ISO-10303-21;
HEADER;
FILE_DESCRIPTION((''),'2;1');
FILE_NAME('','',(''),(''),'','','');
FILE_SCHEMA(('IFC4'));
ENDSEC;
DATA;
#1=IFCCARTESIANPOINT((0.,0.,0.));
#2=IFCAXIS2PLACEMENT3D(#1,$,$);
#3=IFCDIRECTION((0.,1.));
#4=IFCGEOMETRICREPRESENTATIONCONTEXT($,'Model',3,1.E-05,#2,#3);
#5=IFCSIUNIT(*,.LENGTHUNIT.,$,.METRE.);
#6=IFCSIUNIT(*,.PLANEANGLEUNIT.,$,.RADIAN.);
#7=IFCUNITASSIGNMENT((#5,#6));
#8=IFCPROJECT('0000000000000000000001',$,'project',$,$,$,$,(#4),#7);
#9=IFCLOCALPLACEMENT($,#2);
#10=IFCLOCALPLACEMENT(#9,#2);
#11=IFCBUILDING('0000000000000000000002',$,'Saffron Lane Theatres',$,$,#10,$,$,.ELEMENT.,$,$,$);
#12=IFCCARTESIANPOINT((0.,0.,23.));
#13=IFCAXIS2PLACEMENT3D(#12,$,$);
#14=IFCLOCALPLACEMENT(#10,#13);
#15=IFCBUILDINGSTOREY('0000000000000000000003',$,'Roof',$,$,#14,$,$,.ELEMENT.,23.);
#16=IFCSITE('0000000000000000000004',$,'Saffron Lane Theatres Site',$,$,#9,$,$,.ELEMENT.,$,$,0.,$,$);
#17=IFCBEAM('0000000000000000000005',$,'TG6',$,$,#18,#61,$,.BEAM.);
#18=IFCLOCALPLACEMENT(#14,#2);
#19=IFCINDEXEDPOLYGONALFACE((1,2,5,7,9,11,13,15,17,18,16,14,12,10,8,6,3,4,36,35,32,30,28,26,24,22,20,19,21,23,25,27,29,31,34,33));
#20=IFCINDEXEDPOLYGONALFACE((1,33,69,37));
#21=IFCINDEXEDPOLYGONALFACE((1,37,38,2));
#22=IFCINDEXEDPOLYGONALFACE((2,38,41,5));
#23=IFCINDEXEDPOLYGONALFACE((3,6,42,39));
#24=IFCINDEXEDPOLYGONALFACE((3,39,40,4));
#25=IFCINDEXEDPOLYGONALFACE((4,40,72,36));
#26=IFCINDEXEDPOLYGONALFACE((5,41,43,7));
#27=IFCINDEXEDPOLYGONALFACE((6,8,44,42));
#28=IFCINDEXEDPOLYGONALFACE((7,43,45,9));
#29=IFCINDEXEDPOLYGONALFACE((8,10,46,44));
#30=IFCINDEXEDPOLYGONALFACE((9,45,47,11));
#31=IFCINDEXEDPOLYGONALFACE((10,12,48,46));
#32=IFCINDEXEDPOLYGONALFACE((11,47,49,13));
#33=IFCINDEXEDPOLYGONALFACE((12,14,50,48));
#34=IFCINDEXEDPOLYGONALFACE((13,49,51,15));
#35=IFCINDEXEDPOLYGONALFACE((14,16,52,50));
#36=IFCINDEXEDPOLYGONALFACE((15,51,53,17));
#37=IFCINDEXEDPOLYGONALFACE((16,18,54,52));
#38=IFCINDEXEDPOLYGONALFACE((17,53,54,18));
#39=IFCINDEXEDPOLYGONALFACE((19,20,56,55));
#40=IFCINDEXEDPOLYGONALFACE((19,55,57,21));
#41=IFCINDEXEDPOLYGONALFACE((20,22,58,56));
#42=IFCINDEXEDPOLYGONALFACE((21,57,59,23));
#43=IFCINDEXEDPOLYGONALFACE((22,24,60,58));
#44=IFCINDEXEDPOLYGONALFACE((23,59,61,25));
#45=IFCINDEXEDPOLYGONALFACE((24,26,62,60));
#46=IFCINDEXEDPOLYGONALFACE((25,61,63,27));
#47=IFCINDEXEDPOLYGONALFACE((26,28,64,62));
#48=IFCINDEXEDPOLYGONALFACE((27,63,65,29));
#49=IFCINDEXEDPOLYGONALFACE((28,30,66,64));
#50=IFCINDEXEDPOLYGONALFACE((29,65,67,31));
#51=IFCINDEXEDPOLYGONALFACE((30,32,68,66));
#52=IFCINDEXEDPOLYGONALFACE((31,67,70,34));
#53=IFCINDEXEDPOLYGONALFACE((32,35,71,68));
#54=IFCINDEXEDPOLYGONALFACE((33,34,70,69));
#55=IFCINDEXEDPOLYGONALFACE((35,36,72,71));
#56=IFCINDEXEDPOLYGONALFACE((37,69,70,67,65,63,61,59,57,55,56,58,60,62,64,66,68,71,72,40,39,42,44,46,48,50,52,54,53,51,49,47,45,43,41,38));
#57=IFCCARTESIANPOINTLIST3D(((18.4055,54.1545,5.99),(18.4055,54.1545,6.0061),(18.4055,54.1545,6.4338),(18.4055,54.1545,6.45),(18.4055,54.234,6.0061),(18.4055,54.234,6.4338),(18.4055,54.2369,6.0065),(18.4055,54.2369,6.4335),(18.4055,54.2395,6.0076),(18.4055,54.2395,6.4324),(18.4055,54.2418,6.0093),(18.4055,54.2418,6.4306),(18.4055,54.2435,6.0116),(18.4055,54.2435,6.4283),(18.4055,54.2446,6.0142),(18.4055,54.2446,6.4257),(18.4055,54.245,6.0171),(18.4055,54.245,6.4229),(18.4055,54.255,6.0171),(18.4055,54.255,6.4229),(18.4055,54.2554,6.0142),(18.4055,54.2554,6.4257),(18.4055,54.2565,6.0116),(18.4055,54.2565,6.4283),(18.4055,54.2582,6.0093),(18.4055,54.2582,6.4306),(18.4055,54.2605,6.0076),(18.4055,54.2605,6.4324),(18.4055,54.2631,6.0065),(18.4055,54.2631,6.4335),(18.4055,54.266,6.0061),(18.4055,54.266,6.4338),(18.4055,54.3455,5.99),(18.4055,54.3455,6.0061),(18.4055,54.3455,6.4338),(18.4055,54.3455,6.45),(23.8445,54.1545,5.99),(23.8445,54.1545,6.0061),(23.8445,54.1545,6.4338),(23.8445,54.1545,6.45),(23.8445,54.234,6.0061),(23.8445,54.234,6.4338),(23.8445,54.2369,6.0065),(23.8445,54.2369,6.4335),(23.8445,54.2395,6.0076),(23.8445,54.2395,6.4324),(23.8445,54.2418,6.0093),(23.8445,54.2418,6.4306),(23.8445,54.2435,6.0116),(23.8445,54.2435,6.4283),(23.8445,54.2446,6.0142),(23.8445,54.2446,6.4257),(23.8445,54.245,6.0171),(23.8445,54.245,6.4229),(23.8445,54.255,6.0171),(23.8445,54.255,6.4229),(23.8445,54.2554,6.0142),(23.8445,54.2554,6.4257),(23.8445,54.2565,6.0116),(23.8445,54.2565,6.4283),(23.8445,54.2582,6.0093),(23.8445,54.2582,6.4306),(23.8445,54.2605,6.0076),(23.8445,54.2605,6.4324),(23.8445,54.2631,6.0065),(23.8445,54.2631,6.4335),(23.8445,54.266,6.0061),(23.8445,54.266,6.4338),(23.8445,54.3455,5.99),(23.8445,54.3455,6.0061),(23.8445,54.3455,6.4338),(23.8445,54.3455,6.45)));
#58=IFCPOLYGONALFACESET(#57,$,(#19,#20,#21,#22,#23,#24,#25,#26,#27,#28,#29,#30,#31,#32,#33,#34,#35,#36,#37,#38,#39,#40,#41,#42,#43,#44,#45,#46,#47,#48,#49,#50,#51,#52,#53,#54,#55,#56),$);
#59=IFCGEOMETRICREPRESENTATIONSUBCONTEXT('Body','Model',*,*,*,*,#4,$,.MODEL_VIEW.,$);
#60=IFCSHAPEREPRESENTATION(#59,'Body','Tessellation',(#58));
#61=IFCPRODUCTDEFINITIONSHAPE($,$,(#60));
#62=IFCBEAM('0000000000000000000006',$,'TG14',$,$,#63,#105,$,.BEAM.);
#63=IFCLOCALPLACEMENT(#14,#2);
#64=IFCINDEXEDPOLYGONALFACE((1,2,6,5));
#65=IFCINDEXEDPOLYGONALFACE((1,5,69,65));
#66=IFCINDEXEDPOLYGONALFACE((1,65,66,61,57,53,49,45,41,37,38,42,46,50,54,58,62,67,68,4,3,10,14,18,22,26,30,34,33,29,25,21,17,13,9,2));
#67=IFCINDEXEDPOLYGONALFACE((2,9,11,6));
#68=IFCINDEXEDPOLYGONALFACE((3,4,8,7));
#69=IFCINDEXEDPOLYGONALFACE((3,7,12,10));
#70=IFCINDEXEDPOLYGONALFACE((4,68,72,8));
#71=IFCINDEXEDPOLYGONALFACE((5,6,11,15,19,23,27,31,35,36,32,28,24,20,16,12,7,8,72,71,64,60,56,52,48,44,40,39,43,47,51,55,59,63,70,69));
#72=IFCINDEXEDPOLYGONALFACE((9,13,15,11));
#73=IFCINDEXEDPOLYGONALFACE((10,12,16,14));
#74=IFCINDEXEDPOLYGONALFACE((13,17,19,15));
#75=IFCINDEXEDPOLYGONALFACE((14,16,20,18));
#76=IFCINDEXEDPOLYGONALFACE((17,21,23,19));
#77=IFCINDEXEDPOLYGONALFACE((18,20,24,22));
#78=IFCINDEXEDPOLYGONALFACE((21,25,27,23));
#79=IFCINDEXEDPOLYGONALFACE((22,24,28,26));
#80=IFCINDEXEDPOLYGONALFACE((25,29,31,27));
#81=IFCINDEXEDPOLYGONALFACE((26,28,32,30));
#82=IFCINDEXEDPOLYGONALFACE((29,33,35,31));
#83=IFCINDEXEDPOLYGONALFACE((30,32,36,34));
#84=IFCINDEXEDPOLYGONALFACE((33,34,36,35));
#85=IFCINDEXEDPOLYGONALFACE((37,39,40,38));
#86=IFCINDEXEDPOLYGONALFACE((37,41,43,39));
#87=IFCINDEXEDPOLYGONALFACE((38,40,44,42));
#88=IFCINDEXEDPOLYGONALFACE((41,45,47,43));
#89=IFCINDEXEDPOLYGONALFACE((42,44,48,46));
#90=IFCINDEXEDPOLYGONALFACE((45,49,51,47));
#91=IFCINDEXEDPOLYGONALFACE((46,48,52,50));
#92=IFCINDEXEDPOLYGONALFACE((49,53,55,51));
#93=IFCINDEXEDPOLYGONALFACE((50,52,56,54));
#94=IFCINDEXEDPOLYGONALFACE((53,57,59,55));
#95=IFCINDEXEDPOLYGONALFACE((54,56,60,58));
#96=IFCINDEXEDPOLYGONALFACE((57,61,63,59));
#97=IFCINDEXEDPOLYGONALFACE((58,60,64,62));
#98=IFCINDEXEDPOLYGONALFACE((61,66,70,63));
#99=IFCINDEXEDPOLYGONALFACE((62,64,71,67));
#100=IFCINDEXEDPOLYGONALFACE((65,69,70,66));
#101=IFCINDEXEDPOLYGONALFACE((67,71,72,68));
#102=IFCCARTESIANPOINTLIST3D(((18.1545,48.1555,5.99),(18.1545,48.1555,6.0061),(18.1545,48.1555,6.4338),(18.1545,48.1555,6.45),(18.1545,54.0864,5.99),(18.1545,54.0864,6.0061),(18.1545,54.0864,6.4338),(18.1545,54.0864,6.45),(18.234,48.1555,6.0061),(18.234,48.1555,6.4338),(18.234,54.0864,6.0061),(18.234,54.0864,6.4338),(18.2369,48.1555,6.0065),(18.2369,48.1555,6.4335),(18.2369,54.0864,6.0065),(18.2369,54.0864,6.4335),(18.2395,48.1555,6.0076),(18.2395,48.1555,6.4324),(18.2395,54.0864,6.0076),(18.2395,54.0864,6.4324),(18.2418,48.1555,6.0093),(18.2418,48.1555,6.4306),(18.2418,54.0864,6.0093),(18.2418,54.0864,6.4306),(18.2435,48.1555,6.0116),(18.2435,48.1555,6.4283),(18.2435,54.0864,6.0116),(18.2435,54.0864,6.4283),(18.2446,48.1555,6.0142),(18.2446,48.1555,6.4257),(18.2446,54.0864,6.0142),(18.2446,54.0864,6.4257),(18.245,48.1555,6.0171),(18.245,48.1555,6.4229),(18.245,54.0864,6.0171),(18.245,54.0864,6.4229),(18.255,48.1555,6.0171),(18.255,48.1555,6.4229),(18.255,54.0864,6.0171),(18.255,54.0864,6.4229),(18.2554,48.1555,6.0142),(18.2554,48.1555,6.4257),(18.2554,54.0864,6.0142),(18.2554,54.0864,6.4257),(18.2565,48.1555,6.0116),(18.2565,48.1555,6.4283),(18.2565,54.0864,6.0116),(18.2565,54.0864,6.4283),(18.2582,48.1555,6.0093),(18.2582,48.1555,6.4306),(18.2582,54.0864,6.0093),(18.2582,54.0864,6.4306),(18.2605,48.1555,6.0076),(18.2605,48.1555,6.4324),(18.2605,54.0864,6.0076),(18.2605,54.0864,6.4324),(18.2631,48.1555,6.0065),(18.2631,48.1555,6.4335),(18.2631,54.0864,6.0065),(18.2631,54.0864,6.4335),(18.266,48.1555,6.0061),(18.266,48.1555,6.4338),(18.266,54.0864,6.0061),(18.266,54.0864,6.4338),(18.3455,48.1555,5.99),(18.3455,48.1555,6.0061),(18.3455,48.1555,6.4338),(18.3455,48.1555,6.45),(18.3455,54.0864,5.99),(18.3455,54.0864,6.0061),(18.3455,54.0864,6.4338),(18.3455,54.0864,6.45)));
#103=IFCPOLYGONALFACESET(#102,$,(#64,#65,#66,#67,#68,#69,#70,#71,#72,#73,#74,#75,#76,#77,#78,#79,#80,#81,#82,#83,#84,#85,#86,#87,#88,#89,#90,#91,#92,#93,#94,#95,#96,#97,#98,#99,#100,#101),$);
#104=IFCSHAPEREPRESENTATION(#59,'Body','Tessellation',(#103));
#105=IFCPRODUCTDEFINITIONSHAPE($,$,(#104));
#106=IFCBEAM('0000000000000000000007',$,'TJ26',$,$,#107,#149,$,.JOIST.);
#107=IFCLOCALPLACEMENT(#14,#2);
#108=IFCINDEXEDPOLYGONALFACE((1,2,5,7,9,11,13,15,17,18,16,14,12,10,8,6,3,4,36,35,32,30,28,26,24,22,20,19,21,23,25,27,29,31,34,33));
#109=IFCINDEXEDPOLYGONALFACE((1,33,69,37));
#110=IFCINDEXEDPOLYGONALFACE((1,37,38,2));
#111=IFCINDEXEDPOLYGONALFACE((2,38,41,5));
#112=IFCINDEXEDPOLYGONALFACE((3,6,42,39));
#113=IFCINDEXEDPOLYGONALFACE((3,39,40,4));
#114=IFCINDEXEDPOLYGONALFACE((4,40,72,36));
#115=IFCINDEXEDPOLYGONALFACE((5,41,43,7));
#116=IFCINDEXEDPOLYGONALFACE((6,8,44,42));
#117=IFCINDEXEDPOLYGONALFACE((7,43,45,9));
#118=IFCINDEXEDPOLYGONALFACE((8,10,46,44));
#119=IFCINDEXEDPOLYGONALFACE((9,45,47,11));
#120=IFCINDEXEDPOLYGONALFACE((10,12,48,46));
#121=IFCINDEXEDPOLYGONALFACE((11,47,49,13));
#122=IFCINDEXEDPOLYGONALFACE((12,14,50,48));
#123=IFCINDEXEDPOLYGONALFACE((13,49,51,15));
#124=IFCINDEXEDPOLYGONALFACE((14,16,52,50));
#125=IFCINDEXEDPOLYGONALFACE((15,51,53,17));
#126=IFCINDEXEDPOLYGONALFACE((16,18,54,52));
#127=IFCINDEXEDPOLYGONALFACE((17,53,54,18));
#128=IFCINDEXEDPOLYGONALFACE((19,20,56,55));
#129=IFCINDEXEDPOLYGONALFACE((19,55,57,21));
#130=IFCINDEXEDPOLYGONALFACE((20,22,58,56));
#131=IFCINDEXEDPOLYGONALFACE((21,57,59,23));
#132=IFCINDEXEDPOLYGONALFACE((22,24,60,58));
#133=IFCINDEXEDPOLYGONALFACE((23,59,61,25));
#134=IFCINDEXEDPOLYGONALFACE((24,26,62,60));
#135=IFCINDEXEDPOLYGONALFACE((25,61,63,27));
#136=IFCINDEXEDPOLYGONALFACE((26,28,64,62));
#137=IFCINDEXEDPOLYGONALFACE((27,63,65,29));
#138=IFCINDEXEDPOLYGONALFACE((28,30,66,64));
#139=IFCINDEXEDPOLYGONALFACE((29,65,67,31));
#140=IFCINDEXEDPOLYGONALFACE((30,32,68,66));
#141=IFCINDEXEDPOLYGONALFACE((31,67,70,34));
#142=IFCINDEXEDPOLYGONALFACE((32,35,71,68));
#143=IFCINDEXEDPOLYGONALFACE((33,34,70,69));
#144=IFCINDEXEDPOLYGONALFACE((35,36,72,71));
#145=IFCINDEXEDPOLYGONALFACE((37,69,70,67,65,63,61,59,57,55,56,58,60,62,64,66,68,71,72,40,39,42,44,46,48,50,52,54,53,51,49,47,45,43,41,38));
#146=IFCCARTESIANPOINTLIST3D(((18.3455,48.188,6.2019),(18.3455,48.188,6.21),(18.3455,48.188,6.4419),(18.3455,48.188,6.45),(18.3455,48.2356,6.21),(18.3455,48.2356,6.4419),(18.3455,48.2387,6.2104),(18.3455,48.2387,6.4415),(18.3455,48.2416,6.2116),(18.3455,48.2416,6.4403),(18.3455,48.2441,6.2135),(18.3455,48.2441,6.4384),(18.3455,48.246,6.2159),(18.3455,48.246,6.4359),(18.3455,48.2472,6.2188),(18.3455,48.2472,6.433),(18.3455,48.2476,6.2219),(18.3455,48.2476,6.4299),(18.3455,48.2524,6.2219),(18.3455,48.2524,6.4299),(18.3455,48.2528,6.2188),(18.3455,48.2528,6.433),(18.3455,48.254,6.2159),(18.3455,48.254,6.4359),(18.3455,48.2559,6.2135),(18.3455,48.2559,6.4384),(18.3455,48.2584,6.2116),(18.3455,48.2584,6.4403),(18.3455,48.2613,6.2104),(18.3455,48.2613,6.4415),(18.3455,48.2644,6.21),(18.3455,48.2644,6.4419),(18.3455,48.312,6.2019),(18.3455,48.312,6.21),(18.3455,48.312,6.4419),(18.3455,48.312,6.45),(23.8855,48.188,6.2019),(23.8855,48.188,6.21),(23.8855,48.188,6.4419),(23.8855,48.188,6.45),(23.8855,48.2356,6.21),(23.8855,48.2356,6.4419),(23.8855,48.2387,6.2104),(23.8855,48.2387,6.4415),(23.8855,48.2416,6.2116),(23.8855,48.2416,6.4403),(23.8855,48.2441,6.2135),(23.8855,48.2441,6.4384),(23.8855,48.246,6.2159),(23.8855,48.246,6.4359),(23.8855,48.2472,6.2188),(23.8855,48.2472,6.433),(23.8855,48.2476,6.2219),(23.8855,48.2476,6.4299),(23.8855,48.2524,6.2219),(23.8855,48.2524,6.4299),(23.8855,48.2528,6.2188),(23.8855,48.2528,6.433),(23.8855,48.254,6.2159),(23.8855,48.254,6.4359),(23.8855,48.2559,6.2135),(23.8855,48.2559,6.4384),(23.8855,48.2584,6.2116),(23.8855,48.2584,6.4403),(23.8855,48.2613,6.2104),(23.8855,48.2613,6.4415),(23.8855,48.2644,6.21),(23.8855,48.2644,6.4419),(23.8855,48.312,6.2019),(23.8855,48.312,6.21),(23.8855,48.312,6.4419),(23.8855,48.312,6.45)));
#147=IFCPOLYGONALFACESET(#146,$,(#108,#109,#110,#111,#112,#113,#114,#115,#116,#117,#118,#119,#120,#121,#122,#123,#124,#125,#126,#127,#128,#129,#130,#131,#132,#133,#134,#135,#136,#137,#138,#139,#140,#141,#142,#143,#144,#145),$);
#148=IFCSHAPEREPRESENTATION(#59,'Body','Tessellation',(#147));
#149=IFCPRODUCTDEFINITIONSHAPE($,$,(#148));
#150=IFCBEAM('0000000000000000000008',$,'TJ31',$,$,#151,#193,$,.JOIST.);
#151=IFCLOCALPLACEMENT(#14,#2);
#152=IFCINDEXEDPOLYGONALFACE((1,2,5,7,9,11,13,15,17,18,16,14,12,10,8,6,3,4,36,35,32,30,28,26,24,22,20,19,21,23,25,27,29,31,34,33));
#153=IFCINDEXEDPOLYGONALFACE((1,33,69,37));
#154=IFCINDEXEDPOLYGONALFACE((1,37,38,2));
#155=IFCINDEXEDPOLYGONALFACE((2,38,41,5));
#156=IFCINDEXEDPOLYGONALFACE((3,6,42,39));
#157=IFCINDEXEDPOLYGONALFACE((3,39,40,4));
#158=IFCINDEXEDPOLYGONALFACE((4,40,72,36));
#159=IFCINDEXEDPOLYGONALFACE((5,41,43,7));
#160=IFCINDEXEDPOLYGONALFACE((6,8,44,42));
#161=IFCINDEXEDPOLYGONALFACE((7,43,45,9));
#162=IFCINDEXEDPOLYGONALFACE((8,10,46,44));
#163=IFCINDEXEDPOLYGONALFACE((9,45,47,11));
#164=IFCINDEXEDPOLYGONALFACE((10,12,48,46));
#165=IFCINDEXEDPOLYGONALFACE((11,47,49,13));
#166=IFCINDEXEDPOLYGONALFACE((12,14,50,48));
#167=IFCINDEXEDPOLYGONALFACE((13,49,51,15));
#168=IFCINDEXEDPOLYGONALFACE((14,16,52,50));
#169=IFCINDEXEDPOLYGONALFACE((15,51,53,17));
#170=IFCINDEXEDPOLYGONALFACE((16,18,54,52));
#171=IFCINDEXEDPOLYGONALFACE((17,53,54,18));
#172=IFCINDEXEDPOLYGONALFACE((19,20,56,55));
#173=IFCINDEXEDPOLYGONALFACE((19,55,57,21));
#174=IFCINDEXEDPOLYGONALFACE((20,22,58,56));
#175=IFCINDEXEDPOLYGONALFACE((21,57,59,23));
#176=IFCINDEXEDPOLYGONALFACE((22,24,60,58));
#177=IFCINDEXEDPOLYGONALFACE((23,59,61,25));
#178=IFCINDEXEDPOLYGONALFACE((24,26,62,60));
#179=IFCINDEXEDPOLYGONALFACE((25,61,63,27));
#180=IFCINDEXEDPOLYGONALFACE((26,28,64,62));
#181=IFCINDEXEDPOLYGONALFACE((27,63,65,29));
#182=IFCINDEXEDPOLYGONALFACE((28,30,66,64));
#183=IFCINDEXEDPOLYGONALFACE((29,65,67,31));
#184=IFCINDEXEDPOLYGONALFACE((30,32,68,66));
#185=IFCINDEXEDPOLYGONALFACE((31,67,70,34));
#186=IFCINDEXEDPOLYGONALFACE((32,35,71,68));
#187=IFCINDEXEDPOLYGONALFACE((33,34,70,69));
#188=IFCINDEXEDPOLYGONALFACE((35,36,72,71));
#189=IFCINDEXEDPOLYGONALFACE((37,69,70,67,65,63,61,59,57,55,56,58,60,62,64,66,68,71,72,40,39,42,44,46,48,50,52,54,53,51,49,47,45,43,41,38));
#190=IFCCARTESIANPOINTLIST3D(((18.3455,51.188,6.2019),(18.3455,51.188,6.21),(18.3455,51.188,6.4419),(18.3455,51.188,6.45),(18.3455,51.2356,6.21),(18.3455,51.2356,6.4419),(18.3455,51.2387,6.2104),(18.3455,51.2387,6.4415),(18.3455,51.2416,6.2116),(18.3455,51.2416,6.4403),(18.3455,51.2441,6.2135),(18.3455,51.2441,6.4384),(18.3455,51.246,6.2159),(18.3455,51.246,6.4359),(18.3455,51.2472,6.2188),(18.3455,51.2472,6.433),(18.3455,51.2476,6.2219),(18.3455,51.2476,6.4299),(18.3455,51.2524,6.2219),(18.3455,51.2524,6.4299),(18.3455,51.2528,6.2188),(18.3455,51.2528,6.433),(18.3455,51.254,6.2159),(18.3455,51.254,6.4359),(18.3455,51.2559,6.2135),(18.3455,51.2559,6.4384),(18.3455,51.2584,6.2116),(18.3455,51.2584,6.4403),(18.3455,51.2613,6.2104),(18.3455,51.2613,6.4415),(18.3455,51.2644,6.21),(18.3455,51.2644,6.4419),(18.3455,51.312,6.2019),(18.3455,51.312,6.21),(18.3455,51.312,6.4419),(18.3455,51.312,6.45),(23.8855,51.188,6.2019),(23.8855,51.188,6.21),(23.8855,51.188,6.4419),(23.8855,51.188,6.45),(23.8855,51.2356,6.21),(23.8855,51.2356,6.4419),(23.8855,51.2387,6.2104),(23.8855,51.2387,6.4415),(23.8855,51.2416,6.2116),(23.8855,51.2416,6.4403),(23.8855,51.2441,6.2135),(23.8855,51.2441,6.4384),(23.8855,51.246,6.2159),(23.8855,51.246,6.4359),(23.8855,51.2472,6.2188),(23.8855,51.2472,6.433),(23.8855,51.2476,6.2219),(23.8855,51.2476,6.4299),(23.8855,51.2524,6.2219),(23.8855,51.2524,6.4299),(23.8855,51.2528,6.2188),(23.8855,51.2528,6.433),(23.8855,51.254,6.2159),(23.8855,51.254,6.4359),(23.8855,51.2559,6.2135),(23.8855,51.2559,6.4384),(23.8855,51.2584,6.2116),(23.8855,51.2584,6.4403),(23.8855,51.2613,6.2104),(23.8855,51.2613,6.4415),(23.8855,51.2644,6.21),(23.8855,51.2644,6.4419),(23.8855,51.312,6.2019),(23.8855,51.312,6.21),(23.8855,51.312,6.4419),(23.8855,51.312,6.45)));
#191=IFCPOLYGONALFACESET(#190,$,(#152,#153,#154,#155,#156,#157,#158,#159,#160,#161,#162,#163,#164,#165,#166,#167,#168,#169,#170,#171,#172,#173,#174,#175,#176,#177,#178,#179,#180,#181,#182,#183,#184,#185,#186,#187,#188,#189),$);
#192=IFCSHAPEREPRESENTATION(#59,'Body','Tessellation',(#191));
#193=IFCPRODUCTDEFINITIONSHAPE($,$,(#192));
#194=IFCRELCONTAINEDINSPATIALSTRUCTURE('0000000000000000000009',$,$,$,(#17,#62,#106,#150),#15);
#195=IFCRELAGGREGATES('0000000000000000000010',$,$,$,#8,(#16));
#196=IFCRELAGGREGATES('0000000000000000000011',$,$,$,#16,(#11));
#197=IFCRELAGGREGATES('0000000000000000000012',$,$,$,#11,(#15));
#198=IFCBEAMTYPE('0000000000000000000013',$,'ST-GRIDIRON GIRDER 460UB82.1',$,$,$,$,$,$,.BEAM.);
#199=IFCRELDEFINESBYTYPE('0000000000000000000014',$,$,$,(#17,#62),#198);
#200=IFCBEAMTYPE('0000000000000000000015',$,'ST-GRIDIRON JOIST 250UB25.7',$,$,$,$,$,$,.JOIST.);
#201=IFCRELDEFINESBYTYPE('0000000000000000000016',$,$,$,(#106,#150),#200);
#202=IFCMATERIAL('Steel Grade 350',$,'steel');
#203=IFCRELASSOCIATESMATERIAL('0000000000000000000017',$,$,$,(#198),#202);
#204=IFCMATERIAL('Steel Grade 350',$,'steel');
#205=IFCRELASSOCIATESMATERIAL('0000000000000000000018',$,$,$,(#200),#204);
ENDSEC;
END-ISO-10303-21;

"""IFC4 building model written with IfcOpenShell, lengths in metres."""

from ifc_helpers import new_model, si_unit, direction, frame, origin, origin_2d, place, context, subcontext, project, spatial, i_section, extrude, material, material_profile, profile_set, type_object, element, save


model = new_model("IFC4")

# Units and contexts
model_context = context("Model", 3, precision=1e-05, world=origin(), true_north=direction((0.0, 1.0)))
body_context = subcontext(model_context, "Body", "Model", "MODEL_VIEW")
ifc_project = project(units=[si_unit("LENGTHUNIT", "METRE"), si_unit("PLANEANGLEUNIT", "RADIAN")], contexts=[model_context])

# Site, building, storey
site_placement = place(None, origin())
site = spatial("IfcSite", under=ifc_project, at=site_placement, Name="Saffron Lane Theatres Site", CompositionType="ELEMENT", RefElevation=0.0)
building_placement = place(site_placement, origin())
building = spatial("IfcBuilding", under=site, at=building_placement, Name="Saffron Lane Theatres", CompositionType="ELEMENT")
storey_placement = place(building_placement, frame((0.0, 0.0, 23.0)))
storey = spatial("IfcBuildingStorey", under=building, at=storey_placement, Name="Roof", CompositionType="ELEMENT", Elevation=23.0)

# Beams
ifc_material_1 = material(Name="Steel Grade 350", Category="steel")
ifc_material_profile_1 = material_profile(ifc_material_1, i_section(OverallWidth=0.1909, OverallDepth=0.46, WebThickness=0.01, FlangeThickness=0.0161, FilletRadius=0.011, at=origin_2d()))
ifc_profile_set_1 = profile_set([ifc_material_profile_1], Name="Steel Grade 350")
beam_type_1 = type_object("IfcBeamType", Name="ST-GRIDIRON GIRDER 460UB82.1", PredefinedType="BEAM", material=ifc_profile_set_1)
beam_1_placement = place(storey_placement, frame((18.4055, 54.25, 6.22), z_axis=(1.0, 0.0, 0.0), x_axis=(0.0, 1.0, 0.0)))
element("IfcBeam", 1, at=beam_1_placement, inside=storey, type_object=beam_type_1, Name="TG6", PredefinedType="BEAM", context=body_context, shape_type="SweptSolid", body=[
    extrude(i_section(OverallWidth=0.1909, OverallDepth=0.46, WebThickness=0.01, FlangeThickness=0.0161, FilletRadius=0.011, at=origin_2d()), origin(), (0.0, 0.0, 1.0), 5.439),
])
beam_2_placement = place(storey_placement, frame((18.25, 48.1555, 6.22), z_axis=(0.0, 1.0, 0.0), x_axis=(-1.0, 0.0, 0.0)))
element("IfcBeam", 2, at=beam_2_placement, inside=storey, type_object=beam_type_1, Name="TG14", PredefinedType="BEAM", context=body_context, shape_type="SweptSolid", body=[
    extrude(i_section(OverallWidth=0.1909, OverallDepth=0.46, WebThickness=0.01, FlangeThickness=0.0161, FilletRadius=0.011, at=origin_2d()), origin(), (0.0, 0.0, 1.0), 5.9309),
])
ifc_material_2 = material(Name="Steel Grade 350", Category="steel")
ifc_material_profile_2 = material_profile(ifc_material_2, i_section(OverallWidth=0.124, OverallDepth=0.248, WebThickness=0.0049, FlangeThickness=0.0081, FilletRadius=0.012, at=origin_2d()))
ifc_profile_set_2 = profile_set([ifc_material_profile_2], Name="Steel Grade 350")
beam_type_2 = type_object("IfcBeamType", Name="ST-GRIDIRON JOIST 250UB25.7", PredefinedType="JOIST", material=ifc_profile_set_2)
for number, where, z_axis, x_axis, name in (
    (3, (18.3455, 48.25, 6.3259), (1.0, 0.0, 0.0), (0.0, 1.0, 0.0), "TJ26"),
    (4, (18.3455, 51.25, 6.3259), (1.0, 0.0, 0.0), (0.0, 1.0, 0.0), "TJ31"),
):
    element("IfcBeam", number, at=place(storey_placement, frame(where, z_axis=z_axis, x_axis=x_axis)), inside=storey, type_object=beam_type_2, Name=name, PredefinedType="JOIST", context=body_context, shape_type="SweptSolid", body=[
        extrude(i_section(OverallWidth=0.124, OverallDepth=0.248, WebThickness=0.0049, FlangeThickness=0.0081, FilletRadius=0.012, at=origin_2d()), origin(), (0.0, 0.0, 1.0), 5.54),
    ])

save(model, "model.ifc")
